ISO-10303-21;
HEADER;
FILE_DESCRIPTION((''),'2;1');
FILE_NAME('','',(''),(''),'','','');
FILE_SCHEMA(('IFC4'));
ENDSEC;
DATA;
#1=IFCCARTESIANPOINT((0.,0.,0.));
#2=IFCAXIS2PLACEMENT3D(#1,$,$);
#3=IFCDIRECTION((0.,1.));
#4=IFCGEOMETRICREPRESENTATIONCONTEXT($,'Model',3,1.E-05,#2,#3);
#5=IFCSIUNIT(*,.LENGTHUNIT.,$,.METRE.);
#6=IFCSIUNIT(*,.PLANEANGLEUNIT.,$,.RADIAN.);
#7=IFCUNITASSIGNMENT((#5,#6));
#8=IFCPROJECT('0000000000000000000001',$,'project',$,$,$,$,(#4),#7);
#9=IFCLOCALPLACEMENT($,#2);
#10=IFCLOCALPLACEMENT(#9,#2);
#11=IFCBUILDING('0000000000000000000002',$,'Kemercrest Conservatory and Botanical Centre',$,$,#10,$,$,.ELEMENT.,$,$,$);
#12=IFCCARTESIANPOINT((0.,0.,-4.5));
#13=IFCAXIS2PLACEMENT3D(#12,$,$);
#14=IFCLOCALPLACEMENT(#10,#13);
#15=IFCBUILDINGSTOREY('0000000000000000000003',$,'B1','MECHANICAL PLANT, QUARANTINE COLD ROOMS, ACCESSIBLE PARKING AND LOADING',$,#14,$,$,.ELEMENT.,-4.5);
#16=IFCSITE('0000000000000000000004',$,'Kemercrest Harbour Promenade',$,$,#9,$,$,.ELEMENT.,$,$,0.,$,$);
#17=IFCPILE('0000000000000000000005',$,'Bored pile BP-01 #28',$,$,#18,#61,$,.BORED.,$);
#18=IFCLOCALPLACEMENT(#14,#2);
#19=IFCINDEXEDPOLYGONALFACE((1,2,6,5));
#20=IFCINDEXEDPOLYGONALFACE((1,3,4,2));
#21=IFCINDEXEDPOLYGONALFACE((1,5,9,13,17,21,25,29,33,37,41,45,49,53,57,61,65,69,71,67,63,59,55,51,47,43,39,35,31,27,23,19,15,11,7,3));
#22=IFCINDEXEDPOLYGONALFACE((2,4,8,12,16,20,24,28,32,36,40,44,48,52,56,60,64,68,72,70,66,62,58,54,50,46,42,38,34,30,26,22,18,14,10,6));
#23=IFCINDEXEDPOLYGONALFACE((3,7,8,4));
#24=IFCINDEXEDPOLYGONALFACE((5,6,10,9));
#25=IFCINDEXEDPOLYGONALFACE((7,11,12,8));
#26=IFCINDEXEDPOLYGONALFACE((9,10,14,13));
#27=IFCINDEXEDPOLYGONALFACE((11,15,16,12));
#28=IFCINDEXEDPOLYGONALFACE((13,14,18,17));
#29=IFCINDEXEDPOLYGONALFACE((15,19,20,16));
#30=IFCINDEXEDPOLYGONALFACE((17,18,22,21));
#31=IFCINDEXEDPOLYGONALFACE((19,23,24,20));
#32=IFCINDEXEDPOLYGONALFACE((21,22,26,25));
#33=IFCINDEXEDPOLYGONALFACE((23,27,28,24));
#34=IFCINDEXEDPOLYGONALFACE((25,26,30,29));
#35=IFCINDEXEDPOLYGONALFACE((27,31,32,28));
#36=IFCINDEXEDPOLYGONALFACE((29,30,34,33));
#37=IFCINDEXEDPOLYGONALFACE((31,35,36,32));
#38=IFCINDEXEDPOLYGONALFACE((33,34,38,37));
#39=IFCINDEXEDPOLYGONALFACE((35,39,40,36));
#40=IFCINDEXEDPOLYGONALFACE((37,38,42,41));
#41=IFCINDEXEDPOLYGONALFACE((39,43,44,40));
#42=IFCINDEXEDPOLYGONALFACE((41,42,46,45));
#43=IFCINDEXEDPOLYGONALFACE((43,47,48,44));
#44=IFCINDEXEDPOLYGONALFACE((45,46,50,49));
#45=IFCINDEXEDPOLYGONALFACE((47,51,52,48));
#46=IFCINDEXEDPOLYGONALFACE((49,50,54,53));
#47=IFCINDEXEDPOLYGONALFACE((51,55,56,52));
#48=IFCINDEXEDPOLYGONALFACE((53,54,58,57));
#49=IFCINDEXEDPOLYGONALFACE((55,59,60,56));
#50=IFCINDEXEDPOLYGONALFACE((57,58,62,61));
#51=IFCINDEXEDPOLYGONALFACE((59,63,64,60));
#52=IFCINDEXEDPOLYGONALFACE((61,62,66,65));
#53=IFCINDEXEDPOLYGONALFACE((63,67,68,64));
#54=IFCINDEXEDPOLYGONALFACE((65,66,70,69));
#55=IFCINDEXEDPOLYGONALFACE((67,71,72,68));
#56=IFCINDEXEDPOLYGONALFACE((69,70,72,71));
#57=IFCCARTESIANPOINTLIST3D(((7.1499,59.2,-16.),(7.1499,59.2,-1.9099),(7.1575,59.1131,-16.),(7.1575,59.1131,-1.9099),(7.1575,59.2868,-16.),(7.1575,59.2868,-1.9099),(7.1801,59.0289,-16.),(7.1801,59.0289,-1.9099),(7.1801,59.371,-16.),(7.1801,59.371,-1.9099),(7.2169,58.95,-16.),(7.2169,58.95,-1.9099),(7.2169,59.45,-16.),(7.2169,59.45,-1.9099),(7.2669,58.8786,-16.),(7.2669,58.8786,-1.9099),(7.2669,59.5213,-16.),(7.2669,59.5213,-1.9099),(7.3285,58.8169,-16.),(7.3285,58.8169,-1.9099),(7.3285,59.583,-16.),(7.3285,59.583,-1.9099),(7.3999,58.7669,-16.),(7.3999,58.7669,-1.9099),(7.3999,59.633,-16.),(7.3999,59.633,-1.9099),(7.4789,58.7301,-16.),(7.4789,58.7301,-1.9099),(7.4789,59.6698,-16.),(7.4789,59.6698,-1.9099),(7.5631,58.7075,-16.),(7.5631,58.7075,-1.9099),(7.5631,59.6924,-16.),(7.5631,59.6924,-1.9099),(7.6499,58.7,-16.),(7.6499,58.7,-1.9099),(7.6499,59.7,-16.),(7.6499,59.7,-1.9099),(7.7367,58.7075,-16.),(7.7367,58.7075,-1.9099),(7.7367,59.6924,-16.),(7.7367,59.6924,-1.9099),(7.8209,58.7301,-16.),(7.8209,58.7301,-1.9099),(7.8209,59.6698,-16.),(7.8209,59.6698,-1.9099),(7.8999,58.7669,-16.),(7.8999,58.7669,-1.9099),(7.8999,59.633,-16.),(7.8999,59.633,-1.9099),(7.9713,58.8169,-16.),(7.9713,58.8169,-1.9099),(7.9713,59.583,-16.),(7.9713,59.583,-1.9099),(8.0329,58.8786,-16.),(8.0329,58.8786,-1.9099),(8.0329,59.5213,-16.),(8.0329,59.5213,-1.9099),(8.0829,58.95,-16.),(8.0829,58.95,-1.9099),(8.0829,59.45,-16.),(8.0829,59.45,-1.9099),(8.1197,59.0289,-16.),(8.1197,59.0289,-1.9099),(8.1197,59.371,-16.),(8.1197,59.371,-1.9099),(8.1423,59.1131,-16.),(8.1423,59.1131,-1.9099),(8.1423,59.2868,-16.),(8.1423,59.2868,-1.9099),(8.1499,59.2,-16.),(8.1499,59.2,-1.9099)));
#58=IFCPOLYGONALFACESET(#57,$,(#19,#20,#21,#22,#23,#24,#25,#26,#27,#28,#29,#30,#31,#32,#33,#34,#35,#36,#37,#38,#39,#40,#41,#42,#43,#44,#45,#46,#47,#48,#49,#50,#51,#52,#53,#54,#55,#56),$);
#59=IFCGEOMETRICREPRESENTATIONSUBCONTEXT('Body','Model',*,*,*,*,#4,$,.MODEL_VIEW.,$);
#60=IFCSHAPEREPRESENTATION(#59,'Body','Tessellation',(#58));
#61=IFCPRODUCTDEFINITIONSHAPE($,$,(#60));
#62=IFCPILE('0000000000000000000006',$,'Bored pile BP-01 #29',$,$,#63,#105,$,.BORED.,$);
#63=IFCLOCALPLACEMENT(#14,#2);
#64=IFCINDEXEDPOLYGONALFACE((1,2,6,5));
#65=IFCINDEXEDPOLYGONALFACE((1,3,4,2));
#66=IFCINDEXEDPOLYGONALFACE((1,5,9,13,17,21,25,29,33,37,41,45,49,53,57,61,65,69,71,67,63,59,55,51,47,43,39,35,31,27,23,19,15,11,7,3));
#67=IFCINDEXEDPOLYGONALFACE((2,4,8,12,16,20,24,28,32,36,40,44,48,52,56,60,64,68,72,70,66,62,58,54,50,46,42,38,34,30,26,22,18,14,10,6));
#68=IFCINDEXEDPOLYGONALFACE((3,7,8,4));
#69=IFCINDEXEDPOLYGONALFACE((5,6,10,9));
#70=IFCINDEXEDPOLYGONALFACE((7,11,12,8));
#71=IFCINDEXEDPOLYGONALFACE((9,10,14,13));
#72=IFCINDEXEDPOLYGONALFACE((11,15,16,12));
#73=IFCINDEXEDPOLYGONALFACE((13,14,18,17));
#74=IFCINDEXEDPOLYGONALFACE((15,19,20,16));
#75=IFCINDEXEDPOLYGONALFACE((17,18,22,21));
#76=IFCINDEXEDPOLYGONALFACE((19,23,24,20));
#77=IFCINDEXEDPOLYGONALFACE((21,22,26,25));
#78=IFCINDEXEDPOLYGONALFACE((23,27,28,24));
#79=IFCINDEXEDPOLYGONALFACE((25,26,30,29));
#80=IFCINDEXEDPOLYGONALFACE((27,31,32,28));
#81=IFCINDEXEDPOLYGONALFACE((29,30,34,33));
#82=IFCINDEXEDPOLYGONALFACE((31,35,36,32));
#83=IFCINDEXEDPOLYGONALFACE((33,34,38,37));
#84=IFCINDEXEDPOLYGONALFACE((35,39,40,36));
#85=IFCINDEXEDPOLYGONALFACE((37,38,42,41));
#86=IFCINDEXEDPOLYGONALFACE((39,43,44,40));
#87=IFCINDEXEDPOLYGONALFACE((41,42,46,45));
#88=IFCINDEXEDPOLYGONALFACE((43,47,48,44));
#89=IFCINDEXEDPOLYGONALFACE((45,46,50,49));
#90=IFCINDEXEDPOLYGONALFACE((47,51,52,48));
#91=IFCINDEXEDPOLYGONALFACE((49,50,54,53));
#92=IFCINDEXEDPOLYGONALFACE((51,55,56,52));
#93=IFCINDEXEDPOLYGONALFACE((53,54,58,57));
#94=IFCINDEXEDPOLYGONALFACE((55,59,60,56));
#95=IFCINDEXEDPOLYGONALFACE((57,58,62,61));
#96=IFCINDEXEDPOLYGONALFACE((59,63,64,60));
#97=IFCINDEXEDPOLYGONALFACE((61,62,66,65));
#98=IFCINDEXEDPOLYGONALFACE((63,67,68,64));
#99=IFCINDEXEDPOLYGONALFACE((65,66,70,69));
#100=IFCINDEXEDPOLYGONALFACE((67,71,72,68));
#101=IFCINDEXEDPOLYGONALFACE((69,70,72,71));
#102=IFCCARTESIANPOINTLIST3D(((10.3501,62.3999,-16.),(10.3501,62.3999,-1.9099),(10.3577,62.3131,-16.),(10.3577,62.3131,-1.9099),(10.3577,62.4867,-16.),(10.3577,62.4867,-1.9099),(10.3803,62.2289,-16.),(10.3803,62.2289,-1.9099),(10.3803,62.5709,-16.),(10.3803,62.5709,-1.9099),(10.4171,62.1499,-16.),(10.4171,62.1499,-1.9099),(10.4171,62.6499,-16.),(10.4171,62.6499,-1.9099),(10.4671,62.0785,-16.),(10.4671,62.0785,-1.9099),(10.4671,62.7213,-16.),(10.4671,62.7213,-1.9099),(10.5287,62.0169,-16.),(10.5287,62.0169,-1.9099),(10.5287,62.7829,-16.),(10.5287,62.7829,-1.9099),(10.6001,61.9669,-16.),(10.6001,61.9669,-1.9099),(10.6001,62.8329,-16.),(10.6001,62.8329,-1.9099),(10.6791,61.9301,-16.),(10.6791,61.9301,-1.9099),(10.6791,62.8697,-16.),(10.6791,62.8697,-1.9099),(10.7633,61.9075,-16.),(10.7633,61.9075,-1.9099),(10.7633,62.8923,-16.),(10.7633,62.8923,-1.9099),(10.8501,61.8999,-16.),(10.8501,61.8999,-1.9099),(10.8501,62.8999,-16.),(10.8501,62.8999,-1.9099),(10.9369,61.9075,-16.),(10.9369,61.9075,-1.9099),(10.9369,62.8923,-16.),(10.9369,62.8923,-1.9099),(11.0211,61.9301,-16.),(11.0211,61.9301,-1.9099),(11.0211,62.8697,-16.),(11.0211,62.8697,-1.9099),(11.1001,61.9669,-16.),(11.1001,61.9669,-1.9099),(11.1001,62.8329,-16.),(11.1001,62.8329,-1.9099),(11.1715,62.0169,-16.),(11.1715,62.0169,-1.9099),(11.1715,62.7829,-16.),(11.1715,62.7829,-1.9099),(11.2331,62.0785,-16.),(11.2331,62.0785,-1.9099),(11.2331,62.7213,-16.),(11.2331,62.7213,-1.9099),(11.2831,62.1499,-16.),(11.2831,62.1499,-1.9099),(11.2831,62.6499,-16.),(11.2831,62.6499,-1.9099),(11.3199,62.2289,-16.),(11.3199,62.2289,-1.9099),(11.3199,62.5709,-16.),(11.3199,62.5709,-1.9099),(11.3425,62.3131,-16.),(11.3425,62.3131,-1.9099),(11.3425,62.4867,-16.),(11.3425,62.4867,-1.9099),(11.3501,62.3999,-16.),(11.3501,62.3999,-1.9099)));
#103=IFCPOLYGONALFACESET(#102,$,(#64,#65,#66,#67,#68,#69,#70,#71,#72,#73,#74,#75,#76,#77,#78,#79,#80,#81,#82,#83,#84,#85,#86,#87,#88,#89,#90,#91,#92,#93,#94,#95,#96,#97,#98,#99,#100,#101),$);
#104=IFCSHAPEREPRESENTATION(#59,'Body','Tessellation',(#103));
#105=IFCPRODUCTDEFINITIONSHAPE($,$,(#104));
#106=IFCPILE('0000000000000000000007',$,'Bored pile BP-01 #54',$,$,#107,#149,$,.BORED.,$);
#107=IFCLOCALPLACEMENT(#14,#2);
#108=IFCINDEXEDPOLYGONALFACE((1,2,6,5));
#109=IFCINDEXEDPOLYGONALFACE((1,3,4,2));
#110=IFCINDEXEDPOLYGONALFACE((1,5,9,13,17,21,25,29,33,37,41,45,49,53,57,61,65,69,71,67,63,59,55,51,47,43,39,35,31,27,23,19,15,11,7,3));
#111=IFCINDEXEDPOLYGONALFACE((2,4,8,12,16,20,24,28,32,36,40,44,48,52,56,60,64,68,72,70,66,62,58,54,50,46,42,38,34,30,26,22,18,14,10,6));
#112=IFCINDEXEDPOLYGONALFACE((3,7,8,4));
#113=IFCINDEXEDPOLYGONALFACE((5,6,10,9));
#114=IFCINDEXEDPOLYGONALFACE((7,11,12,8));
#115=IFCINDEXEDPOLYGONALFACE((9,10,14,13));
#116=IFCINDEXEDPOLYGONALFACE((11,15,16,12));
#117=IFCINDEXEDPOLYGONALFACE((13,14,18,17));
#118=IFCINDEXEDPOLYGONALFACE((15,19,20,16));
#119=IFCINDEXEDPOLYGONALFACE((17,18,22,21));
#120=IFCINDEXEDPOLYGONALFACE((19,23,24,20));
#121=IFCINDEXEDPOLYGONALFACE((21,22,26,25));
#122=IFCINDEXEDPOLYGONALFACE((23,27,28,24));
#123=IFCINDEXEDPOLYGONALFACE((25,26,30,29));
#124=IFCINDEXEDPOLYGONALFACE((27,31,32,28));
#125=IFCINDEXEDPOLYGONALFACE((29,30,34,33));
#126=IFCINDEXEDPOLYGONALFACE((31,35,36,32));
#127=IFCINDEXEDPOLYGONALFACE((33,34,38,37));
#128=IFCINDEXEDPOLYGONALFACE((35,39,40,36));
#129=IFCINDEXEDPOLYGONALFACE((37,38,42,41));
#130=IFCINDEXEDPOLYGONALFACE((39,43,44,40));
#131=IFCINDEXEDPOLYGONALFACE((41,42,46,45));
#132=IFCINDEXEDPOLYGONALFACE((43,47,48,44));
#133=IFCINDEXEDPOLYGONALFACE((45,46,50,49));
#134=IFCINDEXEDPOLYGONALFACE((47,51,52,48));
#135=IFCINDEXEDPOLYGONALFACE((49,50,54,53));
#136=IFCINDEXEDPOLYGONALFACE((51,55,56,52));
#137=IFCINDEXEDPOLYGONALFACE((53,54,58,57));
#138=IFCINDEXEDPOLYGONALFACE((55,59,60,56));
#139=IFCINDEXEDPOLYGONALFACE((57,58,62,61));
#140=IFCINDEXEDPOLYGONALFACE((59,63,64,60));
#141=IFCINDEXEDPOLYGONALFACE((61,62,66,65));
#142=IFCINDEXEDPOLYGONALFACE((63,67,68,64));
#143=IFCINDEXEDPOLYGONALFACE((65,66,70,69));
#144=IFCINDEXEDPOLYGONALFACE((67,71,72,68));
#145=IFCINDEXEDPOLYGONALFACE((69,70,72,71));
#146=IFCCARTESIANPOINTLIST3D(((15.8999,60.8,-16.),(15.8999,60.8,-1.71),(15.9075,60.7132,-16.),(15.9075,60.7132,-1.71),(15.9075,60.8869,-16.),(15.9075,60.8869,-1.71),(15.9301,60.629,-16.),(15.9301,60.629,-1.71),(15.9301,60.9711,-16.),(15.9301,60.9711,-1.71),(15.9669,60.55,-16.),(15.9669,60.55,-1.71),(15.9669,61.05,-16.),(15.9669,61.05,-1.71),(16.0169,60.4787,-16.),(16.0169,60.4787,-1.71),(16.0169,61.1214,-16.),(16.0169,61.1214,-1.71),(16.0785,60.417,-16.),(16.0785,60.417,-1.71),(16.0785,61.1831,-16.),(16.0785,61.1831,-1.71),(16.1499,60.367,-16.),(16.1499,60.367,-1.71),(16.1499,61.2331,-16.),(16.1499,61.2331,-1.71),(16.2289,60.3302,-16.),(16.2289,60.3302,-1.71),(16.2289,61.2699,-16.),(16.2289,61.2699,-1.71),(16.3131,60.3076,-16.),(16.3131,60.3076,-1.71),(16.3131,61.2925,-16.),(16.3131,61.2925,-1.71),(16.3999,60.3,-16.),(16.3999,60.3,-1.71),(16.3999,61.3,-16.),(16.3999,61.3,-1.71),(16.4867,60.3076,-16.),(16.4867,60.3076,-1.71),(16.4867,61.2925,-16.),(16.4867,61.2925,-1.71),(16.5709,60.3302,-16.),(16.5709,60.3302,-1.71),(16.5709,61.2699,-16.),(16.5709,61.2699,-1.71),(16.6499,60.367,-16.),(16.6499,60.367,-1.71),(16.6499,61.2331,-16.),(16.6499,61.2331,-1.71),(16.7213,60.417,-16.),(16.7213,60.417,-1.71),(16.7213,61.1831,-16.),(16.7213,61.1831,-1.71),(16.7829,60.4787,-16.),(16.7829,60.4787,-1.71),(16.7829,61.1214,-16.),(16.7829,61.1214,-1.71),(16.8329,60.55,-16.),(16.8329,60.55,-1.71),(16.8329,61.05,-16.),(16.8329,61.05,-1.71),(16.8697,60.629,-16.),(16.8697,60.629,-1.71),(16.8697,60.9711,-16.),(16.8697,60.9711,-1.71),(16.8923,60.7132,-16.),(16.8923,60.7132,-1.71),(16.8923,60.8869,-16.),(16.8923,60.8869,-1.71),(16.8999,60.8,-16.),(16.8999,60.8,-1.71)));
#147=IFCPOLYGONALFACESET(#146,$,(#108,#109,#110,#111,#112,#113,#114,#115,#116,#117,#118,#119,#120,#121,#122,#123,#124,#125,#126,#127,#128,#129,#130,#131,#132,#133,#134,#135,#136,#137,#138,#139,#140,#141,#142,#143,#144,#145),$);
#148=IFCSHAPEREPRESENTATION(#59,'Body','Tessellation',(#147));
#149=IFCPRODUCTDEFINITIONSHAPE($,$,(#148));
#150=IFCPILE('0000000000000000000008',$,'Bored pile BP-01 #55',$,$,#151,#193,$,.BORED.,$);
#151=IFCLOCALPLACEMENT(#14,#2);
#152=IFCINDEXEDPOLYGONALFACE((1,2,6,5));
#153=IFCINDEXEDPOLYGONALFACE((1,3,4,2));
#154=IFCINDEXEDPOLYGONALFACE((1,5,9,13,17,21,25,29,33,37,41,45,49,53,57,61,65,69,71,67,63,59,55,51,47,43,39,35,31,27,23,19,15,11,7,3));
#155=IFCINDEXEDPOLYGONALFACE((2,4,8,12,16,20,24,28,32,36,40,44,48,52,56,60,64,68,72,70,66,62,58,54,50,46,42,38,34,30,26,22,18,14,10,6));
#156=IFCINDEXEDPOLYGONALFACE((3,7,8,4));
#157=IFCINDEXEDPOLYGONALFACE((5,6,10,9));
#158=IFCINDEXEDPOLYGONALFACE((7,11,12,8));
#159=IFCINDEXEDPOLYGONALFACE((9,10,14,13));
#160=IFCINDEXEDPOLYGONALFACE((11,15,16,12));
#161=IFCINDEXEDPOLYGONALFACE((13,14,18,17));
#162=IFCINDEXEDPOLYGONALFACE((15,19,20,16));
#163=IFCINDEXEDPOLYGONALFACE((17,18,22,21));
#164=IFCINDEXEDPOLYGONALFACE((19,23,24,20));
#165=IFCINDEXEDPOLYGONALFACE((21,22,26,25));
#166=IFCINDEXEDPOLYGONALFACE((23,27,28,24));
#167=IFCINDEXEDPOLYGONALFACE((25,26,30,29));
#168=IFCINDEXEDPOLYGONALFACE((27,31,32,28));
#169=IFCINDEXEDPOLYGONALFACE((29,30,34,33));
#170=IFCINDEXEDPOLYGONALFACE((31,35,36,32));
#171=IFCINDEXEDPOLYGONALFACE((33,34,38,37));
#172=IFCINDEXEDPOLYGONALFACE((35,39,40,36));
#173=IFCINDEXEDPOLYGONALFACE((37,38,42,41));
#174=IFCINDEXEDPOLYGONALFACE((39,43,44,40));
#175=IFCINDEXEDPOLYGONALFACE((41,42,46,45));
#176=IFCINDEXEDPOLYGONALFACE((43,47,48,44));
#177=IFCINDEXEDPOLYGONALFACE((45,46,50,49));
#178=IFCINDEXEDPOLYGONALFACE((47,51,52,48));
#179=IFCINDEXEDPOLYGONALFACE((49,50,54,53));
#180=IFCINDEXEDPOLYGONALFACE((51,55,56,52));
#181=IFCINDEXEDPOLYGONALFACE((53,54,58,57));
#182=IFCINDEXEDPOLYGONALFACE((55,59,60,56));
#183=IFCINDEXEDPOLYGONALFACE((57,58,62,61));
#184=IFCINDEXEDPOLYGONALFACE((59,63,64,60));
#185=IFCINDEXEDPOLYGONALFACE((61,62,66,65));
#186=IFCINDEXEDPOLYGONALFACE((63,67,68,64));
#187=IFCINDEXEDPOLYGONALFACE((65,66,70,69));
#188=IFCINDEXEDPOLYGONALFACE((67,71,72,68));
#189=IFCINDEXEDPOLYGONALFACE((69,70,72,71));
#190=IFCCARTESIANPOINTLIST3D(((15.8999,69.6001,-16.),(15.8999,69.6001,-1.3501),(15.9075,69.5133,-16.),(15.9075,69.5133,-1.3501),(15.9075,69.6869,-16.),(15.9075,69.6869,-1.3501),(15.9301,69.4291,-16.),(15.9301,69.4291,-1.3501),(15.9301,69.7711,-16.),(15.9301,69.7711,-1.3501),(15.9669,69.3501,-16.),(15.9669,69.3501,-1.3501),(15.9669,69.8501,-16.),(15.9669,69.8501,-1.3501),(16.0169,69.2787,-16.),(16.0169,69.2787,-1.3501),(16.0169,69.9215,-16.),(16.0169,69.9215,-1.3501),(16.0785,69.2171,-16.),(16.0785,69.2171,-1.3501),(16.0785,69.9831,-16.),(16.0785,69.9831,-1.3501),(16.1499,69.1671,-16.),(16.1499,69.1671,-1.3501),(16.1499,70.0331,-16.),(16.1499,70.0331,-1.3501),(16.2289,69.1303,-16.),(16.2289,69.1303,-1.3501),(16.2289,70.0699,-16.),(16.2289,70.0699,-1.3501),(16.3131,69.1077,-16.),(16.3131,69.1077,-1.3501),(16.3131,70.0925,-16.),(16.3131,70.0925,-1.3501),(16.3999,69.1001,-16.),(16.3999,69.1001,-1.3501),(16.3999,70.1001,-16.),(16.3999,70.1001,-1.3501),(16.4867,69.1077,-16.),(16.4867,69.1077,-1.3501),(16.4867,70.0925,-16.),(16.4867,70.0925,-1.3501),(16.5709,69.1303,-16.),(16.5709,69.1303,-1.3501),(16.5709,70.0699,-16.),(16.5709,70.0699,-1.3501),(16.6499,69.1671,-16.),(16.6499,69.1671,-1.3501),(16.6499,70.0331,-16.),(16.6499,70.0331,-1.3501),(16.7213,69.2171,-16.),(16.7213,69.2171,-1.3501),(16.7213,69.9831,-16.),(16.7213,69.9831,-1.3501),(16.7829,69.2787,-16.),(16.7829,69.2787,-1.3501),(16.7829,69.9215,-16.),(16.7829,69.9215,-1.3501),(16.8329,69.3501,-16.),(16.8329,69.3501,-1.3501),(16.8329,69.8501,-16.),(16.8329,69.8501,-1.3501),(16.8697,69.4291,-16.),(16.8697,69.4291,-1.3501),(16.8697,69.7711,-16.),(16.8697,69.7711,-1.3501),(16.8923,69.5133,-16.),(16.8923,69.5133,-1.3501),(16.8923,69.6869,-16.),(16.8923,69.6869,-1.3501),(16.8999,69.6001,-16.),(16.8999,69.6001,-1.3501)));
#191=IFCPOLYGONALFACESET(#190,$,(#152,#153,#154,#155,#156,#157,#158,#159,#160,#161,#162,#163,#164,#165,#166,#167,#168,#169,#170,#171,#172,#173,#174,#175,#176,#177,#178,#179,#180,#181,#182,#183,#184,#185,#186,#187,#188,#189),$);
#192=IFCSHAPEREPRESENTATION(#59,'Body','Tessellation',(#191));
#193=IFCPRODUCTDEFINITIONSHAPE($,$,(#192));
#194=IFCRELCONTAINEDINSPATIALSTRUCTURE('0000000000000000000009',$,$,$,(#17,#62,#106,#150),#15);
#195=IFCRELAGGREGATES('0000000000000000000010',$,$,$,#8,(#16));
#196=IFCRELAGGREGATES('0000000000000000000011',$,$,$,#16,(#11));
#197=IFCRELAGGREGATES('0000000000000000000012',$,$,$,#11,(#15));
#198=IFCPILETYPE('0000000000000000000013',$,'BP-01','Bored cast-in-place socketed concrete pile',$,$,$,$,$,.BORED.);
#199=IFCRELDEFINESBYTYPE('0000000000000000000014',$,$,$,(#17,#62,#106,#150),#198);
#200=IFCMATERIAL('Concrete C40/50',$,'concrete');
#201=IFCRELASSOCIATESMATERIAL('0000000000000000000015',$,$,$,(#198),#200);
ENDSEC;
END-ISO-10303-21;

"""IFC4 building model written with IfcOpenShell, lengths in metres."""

from ifc_helpers import new_model, si_unit, direction, frame, origin, origin_2d, place, context, subcontext, project, spatial, circle, extrude, material, material_profile, profile_set, type_object, element, save


model = new_model("IFC4")

# Units and contexts
model_context = context("Model", 3, precision=1e-05, world=origin(), true_north=direction((0.0, 1.0)))
body_context = subcontext(model_context, "Body", "Model", "MODEL_VIEW")
ifc_project = project(units=[si_unit("LENGTHUNIT", "METRE"), si_unit("PLANEANGLEUNIT", "RADIAN")], contexts=[model_context])

# Site, building, storey
site_placement = place(None, origin())
site = spatial("IfcSite", under=ifc_project, at=site_placement, Name="Kemercrest Harbour Promenade", CompositionType="ELEMENT", RefElevation=0.0)
building_placement = place(site_placement, origin())
building = spatial("IfcBuilding", under=site, at=building_placement, Name="Kemercrest Conservatory and Botanical Centre", CompositionType="ELEMENT")
storey_placement = place(building_placement, frame((0.0, 0.0, -4.5)))
storey = spatial("IfcBuildingStorey", under=building, at=storey_placement, Name="B1", Description="MECHANICAL PLANT, QUARANTINE COLD ROOMS, ACCESSIBLE PARKING AND LOADING", CompositionType="ELEMENT", Elevation=-4.5)

# Piles
ifc_material_1 = material(Name="Concrete C40/50", Category="concrete")
ifc_material_profile_1 = material_profile(ifc_material_1, circle(Radius=0.5, at=origin_2d()), Name="BORED PILE 1000")
ifc_profile_set_1 = profile_set([ifc_material_profile_1], Name="Concrete C40/50")
pile_type_1 = type_object("IfcPileType", Name="BP-01", Description="Bored cast-in-place socketed concrete pile", PredefinedType="BORED", material=ifc_profile_set_1)
for number, where, z_axis, x_axis, name in (
    (1, (7.6499, 59.2, -1.9099), (0.0, 0.0, -1.0), (1.0, 0.0, 0.0), "Bored pile BP-01 #28"),
    (2, (10.8501, 62.3999, -1.9099), (0.0, 0.0, -1.0), (1.0, 0.0, 0.0), "Bored pile BP-01 #29"),
):
    element("IfcPile", number, at=place(storey_placement, frame(where, z_axis=z_axis, x_axis=x_axis)), inside=storey, type_object=pile_type_1, Name=name, PredefinedType="BORED", context=body_context, shape_type="SweptSolid", body=[
        extrude(circle(Radius=0.5, at=origin_2d()), origin(), (0.0, 0.0, 1.0), 14.0901),
    ])
pile_1_placement = place(storey_placement, frame((16.3999, 60.8, -1.71), z_axis=(0.0, 0.0, -1.0), x_axis=(1.0, 0.0, 0.0)))
element("IfcPile", 3, at=pile_1_placement, inside=storey, type_object=pile_type_1, Name="Bored pile BP-01 #54", PredefinedType="BORED", context=body_context, shape_type="SweptSolid", body=[
    extrude(circle(Radius=0.5, at=origin_2d()), origin(), (0.0, 0.0, 1.0), 14.29),
])
pile_2_placement = place(storey_placement, frame((16.3999, 69.6001, -1.3501), z_axis=(0.0, 0.0, -1.0), x_axis=(1.0, 0.0, 0.0)))
element("IfcPile", 4, at=pile_2_placement, inside=storey, type_object=pile_type_1, Name="Bored pile BP-01 #55", PredefinedType="BORED", context=body_context, shape_type="SweptSolid", body=[
    extrude(circle(Radius=0.5, at=origin_2d()), origin(), (0.0, 0.0, 1.0), 14.6499),
])

save(model, "model.ifc")
